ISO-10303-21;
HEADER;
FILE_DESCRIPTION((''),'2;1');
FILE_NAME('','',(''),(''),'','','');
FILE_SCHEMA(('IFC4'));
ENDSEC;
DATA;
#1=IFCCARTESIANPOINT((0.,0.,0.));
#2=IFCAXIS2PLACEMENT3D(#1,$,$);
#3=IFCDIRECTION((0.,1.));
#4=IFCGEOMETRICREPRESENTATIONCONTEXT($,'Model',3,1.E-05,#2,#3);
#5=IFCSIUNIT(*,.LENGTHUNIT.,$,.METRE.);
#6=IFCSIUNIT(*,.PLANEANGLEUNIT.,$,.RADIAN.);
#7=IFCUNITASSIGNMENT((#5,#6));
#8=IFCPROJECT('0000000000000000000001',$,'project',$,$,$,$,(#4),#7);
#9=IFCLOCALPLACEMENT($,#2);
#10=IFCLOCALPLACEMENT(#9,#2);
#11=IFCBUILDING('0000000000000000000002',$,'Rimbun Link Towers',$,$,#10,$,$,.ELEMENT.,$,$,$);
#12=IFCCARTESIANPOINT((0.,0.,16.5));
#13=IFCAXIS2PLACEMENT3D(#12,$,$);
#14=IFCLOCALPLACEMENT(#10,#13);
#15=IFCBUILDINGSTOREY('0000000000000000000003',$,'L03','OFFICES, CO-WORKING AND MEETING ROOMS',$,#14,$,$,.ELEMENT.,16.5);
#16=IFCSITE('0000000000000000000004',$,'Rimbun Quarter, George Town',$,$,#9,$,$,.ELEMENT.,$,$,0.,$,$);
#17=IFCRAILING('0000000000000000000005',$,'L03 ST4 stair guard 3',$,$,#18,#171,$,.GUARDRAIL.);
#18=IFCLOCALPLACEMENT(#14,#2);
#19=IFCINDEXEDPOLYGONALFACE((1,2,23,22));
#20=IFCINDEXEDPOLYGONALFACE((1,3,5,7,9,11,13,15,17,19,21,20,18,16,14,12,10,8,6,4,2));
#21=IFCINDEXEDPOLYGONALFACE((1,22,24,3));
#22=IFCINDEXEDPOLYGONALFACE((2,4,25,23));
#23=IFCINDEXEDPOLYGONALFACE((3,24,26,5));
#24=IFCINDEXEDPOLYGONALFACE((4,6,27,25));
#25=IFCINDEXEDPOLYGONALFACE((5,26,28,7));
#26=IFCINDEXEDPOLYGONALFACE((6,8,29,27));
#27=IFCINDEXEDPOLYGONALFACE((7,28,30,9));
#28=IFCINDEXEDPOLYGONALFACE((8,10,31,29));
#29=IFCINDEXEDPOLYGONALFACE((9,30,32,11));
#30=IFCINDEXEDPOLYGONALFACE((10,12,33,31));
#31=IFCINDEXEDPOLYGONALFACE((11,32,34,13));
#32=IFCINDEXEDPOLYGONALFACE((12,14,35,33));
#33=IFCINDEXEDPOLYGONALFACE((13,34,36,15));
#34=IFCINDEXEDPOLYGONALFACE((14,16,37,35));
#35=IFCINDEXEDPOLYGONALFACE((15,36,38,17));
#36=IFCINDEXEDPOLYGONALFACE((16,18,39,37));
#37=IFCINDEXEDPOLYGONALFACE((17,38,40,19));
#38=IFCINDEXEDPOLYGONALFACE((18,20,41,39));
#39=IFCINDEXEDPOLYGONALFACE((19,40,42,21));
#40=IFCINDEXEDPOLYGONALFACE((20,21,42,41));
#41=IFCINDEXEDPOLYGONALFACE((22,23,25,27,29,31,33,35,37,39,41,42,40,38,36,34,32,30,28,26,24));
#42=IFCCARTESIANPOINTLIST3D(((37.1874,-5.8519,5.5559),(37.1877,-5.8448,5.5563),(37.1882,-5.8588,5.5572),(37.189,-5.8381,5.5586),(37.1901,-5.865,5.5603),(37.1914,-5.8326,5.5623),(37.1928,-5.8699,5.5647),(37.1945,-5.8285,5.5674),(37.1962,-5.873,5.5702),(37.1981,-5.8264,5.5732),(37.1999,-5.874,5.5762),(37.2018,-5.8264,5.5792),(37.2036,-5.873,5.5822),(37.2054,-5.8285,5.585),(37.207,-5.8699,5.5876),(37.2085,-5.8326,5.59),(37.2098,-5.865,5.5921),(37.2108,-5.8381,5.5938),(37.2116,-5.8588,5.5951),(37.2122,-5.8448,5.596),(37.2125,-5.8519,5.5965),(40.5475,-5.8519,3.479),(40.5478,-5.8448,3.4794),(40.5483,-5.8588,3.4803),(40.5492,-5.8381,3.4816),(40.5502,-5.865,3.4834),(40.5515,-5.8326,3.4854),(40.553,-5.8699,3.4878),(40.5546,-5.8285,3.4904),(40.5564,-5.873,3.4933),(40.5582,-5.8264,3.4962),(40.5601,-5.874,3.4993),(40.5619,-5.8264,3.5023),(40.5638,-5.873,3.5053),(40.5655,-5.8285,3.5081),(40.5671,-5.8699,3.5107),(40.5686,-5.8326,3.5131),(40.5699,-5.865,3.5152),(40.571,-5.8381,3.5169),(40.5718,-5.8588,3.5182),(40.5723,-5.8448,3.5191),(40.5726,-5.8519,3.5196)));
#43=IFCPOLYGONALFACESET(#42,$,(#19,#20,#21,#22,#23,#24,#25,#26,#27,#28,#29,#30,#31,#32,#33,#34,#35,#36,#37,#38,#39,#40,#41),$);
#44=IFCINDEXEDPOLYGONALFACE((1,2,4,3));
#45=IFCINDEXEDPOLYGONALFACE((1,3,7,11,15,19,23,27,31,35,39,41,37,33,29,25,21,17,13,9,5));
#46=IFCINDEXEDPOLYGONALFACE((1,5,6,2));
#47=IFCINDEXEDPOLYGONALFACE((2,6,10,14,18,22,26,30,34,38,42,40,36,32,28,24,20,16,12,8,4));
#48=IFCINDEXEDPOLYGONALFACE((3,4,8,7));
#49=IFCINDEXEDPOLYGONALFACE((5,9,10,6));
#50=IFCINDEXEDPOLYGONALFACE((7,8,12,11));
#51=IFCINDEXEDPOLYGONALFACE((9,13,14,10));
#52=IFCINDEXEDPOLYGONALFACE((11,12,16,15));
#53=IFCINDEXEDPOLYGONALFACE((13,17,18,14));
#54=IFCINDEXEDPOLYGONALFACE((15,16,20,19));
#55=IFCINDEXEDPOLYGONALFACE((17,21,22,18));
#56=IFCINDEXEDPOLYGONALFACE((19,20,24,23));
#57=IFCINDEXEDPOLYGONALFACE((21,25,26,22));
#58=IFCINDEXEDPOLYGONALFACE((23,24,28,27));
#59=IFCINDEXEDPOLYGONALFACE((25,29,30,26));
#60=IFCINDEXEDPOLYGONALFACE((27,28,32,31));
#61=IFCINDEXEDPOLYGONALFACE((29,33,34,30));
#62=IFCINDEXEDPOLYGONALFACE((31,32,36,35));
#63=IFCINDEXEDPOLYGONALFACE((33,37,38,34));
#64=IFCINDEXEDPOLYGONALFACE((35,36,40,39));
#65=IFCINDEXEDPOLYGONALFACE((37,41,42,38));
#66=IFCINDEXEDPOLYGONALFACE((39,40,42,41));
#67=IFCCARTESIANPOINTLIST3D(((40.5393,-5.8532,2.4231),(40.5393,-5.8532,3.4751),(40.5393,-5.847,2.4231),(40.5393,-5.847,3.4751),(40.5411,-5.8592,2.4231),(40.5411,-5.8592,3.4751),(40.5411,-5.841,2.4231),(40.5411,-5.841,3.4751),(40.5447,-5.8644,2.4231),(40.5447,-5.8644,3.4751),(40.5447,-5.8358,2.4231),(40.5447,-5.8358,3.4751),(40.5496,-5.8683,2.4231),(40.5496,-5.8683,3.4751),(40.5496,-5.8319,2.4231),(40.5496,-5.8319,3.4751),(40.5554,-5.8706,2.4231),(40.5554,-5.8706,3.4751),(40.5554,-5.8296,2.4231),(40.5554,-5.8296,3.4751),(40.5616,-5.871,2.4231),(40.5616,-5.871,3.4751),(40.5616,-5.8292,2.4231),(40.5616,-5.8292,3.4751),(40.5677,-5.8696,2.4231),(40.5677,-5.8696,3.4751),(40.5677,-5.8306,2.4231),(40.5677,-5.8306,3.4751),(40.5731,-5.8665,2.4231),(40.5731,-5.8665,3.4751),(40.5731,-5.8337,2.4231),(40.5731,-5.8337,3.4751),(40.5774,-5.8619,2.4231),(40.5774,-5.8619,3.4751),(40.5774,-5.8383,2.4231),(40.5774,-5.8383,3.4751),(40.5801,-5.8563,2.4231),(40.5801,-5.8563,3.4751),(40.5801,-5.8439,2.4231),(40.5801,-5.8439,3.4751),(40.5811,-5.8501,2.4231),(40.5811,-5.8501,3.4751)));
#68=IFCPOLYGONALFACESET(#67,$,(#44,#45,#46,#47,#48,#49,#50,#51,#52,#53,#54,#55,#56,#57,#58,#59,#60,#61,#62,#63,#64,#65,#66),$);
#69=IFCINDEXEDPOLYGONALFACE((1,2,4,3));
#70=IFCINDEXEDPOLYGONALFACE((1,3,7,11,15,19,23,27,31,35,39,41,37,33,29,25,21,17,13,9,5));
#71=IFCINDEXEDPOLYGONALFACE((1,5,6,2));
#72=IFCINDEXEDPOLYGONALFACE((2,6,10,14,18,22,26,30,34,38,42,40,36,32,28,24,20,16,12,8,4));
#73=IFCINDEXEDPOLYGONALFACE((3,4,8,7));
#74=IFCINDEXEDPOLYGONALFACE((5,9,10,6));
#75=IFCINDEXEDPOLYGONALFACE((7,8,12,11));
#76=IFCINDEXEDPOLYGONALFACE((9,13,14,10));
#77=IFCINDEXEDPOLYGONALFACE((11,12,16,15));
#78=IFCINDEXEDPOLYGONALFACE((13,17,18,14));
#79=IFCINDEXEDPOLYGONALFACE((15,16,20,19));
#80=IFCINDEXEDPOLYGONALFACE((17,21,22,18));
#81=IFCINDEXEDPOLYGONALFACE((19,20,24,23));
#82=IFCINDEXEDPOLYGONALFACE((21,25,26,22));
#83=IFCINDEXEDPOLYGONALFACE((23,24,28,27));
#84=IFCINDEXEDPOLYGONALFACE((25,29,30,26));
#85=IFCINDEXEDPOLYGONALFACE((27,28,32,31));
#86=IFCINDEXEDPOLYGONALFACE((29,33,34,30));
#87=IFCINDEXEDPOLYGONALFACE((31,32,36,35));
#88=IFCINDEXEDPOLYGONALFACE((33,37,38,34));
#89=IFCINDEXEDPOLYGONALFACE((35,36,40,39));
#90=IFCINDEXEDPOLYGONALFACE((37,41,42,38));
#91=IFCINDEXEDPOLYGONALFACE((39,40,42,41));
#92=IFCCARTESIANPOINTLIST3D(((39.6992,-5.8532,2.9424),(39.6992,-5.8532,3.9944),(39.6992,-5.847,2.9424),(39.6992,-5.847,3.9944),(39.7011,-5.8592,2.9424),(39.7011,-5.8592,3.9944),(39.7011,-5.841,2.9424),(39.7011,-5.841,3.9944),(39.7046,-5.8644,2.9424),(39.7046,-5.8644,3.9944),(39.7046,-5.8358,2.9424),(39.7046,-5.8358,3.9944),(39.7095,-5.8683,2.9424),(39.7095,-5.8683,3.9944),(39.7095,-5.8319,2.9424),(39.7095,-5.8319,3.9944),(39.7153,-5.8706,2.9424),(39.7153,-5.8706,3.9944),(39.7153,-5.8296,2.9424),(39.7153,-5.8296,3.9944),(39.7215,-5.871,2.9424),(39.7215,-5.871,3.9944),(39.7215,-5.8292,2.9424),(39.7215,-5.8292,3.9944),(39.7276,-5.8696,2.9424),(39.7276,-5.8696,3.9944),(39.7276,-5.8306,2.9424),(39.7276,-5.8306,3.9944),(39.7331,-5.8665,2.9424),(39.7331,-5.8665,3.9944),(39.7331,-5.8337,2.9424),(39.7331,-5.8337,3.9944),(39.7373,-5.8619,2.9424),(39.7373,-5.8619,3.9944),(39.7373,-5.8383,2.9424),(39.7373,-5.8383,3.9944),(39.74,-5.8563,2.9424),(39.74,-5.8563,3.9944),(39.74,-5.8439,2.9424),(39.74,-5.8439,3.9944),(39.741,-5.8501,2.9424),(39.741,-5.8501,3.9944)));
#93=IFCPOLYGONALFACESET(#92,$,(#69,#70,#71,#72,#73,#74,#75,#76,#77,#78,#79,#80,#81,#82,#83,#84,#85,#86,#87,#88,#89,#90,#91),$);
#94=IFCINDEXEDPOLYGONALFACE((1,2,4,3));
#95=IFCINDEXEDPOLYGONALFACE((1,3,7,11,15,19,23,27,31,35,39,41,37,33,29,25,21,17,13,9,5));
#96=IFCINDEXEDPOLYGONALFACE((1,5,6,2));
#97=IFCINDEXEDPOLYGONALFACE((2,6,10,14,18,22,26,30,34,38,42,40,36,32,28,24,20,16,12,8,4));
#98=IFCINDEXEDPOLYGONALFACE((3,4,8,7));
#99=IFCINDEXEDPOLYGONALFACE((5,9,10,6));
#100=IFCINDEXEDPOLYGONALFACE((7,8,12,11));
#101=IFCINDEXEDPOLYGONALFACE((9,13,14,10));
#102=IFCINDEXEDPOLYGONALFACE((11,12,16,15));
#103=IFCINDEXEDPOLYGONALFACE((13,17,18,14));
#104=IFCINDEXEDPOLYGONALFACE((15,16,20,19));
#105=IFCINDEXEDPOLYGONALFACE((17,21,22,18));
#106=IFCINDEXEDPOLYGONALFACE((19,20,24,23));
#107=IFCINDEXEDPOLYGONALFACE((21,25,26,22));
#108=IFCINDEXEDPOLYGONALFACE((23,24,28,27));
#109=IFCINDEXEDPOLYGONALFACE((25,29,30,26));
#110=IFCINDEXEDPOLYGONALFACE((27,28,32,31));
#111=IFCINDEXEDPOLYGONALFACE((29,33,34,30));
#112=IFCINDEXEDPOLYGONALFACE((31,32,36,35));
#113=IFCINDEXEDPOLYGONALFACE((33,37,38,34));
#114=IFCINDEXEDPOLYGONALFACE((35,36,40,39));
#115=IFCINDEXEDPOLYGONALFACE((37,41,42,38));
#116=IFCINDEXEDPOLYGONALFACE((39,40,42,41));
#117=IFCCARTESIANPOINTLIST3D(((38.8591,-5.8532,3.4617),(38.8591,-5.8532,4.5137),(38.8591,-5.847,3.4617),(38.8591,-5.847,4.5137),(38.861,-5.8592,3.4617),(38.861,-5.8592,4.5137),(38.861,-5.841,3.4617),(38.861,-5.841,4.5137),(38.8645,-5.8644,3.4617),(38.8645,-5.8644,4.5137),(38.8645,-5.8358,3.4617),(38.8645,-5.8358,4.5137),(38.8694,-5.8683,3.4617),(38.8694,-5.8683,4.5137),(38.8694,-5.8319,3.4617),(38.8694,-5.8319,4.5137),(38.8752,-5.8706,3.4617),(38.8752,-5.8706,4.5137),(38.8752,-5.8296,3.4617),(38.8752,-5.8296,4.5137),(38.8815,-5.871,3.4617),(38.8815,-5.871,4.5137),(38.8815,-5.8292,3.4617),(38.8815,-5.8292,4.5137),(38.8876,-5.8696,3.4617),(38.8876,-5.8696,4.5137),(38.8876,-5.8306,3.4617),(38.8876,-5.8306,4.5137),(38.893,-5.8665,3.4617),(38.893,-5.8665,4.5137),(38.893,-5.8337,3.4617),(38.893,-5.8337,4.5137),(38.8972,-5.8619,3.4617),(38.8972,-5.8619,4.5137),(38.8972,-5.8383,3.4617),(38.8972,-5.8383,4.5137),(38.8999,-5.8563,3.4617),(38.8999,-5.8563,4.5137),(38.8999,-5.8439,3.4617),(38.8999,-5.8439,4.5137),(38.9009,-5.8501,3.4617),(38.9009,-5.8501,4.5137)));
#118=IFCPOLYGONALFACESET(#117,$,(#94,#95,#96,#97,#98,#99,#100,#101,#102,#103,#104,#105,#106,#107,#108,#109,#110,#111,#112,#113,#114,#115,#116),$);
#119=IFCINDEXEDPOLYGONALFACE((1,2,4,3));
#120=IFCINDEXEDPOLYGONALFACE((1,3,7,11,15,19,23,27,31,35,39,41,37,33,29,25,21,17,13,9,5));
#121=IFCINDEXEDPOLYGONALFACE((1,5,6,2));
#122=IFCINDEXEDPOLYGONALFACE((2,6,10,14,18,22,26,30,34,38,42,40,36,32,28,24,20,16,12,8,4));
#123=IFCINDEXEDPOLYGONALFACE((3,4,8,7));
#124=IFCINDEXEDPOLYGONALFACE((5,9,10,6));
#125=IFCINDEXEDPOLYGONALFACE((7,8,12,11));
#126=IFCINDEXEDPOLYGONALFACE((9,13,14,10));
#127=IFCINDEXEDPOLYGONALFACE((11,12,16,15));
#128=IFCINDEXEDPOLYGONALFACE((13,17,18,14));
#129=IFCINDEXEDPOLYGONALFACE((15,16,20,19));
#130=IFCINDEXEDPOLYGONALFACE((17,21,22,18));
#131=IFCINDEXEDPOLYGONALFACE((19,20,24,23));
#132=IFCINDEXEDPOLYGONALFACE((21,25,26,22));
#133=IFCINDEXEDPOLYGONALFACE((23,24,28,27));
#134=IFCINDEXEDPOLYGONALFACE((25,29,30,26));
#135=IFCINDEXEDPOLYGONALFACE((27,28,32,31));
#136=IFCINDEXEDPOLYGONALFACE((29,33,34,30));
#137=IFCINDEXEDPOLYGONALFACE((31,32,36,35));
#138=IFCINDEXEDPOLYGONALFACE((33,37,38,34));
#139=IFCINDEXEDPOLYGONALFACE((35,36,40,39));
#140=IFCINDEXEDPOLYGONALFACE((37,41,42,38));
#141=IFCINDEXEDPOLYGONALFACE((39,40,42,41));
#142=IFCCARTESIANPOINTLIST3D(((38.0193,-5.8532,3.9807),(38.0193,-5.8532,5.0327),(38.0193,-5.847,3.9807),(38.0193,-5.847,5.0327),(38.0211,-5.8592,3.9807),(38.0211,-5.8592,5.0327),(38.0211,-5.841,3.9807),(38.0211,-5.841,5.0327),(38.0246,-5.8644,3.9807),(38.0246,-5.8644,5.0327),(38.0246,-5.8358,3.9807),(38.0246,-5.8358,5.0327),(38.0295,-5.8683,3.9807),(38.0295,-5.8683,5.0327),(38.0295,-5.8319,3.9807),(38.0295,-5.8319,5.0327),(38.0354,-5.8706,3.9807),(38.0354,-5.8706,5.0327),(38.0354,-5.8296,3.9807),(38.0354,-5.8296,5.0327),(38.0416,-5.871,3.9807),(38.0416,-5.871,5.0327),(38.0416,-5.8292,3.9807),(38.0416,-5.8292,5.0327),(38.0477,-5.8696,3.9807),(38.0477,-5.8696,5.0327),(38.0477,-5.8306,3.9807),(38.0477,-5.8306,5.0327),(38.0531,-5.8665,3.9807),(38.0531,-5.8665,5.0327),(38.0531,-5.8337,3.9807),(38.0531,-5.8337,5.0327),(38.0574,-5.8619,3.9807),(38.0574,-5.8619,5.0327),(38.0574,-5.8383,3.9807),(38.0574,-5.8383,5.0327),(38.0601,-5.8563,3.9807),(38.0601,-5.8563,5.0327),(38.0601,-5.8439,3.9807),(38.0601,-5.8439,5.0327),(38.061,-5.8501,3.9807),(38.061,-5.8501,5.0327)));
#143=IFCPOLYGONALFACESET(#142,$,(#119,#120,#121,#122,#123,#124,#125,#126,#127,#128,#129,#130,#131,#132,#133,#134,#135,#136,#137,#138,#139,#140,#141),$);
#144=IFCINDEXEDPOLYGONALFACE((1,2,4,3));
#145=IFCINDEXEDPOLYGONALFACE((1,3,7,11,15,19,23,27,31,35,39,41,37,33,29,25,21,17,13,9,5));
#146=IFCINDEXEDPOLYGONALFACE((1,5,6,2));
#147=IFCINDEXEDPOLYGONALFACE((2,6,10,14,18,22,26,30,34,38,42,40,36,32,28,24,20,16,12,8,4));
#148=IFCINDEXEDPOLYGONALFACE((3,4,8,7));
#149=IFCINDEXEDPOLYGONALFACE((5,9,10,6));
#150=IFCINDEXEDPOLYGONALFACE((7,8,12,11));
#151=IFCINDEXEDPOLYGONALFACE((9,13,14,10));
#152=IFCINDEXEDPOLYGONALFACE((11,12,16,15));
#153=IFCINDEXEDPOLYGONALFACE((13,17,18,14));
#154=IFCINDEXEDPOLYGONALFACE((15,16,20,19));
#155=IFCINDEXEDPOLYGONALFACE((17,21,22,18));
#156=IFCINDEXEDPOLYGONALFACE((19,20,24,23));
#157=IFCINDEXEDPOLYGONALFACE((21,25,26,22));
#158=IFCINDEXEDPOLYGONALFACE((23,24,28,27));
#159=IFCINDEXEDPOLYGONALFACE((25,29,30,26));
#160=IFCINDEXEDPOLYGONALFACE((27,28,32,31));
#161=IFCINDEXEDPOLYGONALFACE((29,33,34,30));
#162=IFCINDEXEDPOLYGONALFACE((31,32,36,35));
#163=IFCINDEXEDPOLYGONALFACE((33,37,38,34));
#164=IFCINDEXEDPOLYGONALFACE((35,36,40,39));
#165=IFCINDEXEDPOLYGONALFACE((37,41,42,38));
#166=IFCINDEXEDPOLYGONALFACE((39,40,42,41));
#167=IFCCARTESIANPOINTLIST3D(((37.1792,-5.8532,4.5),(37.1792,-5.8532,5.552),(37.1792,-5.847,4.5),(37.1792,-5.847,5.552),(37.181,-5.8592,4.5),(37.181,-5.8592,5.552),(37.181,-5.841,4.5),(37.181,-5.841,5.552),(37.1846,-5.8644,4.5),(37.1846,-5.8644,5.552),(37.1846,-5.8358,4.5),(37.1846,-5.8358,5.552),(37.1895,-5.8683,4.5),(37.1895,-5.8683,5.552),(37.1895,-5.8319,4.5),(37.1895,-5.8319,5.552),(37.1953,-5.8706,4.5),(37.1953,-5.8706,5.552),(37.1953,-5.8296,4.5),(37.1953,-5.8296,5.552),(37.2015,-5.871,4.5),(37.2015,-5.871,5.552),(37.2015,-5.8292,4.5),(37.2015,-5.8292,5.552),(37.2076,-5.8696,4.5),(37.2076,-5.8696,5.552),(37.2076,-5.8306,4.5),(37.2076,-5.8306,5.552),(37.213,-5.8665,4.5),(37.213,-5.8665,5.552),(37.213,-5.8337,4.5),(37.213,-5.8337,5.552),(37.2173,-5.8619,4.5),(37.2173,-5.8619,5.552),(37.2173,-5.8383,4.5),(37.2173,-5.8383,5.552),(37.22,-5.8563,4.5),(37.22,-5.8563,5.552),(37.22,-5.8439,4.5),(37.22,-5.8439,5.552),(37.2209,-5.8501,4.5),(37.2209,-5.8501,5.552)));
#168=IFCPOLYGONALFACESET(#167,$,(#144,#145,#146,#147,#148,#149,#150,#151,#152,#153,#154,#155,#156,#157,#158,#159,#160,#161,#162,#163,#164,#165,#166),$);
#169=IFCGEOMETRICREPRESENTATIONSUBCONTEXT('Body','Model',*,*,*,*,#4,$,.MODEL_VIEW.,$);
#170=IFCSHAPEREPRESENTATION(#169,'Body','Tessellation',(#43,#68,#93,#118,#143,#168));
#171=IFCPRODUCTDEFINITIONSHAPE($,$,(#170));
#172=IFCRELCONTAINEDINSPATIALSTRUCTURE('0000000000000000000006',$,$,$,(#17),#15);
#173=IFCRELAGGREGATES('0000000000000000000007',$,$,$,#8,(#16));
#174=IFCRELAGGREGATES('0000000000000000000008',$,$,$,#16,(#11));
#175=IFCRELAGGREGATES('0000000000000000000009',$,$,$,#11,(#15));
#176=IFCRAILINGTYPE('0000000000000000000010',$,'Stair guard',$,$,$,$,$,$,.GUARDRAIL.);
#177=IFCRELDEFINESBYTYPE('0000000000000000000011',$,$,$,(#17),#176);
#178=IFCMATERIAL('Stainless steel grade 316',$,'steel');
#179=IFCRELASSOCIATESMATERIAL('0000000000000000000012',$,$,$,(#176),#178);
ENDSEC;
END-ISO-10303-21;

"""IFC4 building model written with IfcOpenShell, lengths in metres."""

from ifc_helpers import new_model, si_unit, direction, frame, origin, origin_2d, place, context, subcontext, project, spatial, circle, extrude, material, type_object, element, save


model = new_model("IFC4")

# Units and contexts
model_context = context("Model", 3, precision=1e-05, world=origin(), true_north=direction((0.0, 1.0)))
body_context = subcontext(model_context, "Body", "Model", "MODEL_VIEW")
ifc_project = project(units=[si_unit("LENGTHUNIT", "METRE"), si_unit("PLANEANGLEUNIT", "RADIAN")], contexts=[model_context])

# Site, building, storey
site_placement = place(None, origin())
site = spatial("IfcSite", under=ifc_project, at=site_placement, Name="Rimbun Quarter, George Town", CompositionType="ELEMENT", RefElevation=0.0)
building_placement = place(site_placement, origin())
building = spatial("IfcBuilding", under=site, at=building_placement, Name="Rimbun Link Towers", CompositionType="ELEMENT")
storey_placement = place(building_placement, frame((0.0, 0.0, 16.5)))
storey = spatial("IfcBuildingStorey", under=building, at=storey_placement, Name="L03", Description="OFFICES, CO-WORKING AND MEETING ROOMS", CompositionType="ELEMENT", Elevation=16.5)

# Railing
ifc_material_1 = material(Name="Stainless steel grade 316", Category="steel")
railing_type_1 = type_object("IfcRailingType", Name="Stair guard", PredefinedType="GUARDRAIL", material=ifc_material_1)
railing_1_placement = place(storey_placement, frame((40.5601, -5.8501, 2.4231)))
element("IfcRailing", 1, at=railing_1_placement, inside=storey, type_object=railing_type_1, Name="L03 ST4 stair guard 3", PredefinedType="GUARDRAIL", context=body_context, shape_type="SweptSolid", body=[
    extrude(circle(Radius=0.0239, at=origin_2d()), frame((0.0, 0.0, 1.0762), z_axis=(-0.850623, 0.0, 0.525776), x_axis=(0.0, -1.0, 0.0)), (0.0, 0.0, 1.0), 3.9502),
    extrude(circle(Radius=0.021, at=origin_2d()), origin(), (0.0, 0.0, 1.0), 1.052),
    extrude(circle(Radius=0.021, at=origin_2d()), frame((-0.8401, 0.0, 0.5193)), (0.0, 0.0, 1.0), 1.052),
    extrude(circle(Radius=0.021, at=origin_2d()), frame((-1.6802, 0.0, 1.0386)), (0.0, 0.0, 1.0), 1.052),
    extrude(circle(Radius=0.021, at=origin_2d()), frame((-2.52, 0.0, 1.5576)), (0.0, 0.0, 1.0), 1.052),
    extrude(circle(Radius=0.021, at=origin_2d()), frame((-3.3601, 0.0, 2.0769)), (0.0, 0.0, 1.0), 1.052),
])

save(model, "model.ifc")
